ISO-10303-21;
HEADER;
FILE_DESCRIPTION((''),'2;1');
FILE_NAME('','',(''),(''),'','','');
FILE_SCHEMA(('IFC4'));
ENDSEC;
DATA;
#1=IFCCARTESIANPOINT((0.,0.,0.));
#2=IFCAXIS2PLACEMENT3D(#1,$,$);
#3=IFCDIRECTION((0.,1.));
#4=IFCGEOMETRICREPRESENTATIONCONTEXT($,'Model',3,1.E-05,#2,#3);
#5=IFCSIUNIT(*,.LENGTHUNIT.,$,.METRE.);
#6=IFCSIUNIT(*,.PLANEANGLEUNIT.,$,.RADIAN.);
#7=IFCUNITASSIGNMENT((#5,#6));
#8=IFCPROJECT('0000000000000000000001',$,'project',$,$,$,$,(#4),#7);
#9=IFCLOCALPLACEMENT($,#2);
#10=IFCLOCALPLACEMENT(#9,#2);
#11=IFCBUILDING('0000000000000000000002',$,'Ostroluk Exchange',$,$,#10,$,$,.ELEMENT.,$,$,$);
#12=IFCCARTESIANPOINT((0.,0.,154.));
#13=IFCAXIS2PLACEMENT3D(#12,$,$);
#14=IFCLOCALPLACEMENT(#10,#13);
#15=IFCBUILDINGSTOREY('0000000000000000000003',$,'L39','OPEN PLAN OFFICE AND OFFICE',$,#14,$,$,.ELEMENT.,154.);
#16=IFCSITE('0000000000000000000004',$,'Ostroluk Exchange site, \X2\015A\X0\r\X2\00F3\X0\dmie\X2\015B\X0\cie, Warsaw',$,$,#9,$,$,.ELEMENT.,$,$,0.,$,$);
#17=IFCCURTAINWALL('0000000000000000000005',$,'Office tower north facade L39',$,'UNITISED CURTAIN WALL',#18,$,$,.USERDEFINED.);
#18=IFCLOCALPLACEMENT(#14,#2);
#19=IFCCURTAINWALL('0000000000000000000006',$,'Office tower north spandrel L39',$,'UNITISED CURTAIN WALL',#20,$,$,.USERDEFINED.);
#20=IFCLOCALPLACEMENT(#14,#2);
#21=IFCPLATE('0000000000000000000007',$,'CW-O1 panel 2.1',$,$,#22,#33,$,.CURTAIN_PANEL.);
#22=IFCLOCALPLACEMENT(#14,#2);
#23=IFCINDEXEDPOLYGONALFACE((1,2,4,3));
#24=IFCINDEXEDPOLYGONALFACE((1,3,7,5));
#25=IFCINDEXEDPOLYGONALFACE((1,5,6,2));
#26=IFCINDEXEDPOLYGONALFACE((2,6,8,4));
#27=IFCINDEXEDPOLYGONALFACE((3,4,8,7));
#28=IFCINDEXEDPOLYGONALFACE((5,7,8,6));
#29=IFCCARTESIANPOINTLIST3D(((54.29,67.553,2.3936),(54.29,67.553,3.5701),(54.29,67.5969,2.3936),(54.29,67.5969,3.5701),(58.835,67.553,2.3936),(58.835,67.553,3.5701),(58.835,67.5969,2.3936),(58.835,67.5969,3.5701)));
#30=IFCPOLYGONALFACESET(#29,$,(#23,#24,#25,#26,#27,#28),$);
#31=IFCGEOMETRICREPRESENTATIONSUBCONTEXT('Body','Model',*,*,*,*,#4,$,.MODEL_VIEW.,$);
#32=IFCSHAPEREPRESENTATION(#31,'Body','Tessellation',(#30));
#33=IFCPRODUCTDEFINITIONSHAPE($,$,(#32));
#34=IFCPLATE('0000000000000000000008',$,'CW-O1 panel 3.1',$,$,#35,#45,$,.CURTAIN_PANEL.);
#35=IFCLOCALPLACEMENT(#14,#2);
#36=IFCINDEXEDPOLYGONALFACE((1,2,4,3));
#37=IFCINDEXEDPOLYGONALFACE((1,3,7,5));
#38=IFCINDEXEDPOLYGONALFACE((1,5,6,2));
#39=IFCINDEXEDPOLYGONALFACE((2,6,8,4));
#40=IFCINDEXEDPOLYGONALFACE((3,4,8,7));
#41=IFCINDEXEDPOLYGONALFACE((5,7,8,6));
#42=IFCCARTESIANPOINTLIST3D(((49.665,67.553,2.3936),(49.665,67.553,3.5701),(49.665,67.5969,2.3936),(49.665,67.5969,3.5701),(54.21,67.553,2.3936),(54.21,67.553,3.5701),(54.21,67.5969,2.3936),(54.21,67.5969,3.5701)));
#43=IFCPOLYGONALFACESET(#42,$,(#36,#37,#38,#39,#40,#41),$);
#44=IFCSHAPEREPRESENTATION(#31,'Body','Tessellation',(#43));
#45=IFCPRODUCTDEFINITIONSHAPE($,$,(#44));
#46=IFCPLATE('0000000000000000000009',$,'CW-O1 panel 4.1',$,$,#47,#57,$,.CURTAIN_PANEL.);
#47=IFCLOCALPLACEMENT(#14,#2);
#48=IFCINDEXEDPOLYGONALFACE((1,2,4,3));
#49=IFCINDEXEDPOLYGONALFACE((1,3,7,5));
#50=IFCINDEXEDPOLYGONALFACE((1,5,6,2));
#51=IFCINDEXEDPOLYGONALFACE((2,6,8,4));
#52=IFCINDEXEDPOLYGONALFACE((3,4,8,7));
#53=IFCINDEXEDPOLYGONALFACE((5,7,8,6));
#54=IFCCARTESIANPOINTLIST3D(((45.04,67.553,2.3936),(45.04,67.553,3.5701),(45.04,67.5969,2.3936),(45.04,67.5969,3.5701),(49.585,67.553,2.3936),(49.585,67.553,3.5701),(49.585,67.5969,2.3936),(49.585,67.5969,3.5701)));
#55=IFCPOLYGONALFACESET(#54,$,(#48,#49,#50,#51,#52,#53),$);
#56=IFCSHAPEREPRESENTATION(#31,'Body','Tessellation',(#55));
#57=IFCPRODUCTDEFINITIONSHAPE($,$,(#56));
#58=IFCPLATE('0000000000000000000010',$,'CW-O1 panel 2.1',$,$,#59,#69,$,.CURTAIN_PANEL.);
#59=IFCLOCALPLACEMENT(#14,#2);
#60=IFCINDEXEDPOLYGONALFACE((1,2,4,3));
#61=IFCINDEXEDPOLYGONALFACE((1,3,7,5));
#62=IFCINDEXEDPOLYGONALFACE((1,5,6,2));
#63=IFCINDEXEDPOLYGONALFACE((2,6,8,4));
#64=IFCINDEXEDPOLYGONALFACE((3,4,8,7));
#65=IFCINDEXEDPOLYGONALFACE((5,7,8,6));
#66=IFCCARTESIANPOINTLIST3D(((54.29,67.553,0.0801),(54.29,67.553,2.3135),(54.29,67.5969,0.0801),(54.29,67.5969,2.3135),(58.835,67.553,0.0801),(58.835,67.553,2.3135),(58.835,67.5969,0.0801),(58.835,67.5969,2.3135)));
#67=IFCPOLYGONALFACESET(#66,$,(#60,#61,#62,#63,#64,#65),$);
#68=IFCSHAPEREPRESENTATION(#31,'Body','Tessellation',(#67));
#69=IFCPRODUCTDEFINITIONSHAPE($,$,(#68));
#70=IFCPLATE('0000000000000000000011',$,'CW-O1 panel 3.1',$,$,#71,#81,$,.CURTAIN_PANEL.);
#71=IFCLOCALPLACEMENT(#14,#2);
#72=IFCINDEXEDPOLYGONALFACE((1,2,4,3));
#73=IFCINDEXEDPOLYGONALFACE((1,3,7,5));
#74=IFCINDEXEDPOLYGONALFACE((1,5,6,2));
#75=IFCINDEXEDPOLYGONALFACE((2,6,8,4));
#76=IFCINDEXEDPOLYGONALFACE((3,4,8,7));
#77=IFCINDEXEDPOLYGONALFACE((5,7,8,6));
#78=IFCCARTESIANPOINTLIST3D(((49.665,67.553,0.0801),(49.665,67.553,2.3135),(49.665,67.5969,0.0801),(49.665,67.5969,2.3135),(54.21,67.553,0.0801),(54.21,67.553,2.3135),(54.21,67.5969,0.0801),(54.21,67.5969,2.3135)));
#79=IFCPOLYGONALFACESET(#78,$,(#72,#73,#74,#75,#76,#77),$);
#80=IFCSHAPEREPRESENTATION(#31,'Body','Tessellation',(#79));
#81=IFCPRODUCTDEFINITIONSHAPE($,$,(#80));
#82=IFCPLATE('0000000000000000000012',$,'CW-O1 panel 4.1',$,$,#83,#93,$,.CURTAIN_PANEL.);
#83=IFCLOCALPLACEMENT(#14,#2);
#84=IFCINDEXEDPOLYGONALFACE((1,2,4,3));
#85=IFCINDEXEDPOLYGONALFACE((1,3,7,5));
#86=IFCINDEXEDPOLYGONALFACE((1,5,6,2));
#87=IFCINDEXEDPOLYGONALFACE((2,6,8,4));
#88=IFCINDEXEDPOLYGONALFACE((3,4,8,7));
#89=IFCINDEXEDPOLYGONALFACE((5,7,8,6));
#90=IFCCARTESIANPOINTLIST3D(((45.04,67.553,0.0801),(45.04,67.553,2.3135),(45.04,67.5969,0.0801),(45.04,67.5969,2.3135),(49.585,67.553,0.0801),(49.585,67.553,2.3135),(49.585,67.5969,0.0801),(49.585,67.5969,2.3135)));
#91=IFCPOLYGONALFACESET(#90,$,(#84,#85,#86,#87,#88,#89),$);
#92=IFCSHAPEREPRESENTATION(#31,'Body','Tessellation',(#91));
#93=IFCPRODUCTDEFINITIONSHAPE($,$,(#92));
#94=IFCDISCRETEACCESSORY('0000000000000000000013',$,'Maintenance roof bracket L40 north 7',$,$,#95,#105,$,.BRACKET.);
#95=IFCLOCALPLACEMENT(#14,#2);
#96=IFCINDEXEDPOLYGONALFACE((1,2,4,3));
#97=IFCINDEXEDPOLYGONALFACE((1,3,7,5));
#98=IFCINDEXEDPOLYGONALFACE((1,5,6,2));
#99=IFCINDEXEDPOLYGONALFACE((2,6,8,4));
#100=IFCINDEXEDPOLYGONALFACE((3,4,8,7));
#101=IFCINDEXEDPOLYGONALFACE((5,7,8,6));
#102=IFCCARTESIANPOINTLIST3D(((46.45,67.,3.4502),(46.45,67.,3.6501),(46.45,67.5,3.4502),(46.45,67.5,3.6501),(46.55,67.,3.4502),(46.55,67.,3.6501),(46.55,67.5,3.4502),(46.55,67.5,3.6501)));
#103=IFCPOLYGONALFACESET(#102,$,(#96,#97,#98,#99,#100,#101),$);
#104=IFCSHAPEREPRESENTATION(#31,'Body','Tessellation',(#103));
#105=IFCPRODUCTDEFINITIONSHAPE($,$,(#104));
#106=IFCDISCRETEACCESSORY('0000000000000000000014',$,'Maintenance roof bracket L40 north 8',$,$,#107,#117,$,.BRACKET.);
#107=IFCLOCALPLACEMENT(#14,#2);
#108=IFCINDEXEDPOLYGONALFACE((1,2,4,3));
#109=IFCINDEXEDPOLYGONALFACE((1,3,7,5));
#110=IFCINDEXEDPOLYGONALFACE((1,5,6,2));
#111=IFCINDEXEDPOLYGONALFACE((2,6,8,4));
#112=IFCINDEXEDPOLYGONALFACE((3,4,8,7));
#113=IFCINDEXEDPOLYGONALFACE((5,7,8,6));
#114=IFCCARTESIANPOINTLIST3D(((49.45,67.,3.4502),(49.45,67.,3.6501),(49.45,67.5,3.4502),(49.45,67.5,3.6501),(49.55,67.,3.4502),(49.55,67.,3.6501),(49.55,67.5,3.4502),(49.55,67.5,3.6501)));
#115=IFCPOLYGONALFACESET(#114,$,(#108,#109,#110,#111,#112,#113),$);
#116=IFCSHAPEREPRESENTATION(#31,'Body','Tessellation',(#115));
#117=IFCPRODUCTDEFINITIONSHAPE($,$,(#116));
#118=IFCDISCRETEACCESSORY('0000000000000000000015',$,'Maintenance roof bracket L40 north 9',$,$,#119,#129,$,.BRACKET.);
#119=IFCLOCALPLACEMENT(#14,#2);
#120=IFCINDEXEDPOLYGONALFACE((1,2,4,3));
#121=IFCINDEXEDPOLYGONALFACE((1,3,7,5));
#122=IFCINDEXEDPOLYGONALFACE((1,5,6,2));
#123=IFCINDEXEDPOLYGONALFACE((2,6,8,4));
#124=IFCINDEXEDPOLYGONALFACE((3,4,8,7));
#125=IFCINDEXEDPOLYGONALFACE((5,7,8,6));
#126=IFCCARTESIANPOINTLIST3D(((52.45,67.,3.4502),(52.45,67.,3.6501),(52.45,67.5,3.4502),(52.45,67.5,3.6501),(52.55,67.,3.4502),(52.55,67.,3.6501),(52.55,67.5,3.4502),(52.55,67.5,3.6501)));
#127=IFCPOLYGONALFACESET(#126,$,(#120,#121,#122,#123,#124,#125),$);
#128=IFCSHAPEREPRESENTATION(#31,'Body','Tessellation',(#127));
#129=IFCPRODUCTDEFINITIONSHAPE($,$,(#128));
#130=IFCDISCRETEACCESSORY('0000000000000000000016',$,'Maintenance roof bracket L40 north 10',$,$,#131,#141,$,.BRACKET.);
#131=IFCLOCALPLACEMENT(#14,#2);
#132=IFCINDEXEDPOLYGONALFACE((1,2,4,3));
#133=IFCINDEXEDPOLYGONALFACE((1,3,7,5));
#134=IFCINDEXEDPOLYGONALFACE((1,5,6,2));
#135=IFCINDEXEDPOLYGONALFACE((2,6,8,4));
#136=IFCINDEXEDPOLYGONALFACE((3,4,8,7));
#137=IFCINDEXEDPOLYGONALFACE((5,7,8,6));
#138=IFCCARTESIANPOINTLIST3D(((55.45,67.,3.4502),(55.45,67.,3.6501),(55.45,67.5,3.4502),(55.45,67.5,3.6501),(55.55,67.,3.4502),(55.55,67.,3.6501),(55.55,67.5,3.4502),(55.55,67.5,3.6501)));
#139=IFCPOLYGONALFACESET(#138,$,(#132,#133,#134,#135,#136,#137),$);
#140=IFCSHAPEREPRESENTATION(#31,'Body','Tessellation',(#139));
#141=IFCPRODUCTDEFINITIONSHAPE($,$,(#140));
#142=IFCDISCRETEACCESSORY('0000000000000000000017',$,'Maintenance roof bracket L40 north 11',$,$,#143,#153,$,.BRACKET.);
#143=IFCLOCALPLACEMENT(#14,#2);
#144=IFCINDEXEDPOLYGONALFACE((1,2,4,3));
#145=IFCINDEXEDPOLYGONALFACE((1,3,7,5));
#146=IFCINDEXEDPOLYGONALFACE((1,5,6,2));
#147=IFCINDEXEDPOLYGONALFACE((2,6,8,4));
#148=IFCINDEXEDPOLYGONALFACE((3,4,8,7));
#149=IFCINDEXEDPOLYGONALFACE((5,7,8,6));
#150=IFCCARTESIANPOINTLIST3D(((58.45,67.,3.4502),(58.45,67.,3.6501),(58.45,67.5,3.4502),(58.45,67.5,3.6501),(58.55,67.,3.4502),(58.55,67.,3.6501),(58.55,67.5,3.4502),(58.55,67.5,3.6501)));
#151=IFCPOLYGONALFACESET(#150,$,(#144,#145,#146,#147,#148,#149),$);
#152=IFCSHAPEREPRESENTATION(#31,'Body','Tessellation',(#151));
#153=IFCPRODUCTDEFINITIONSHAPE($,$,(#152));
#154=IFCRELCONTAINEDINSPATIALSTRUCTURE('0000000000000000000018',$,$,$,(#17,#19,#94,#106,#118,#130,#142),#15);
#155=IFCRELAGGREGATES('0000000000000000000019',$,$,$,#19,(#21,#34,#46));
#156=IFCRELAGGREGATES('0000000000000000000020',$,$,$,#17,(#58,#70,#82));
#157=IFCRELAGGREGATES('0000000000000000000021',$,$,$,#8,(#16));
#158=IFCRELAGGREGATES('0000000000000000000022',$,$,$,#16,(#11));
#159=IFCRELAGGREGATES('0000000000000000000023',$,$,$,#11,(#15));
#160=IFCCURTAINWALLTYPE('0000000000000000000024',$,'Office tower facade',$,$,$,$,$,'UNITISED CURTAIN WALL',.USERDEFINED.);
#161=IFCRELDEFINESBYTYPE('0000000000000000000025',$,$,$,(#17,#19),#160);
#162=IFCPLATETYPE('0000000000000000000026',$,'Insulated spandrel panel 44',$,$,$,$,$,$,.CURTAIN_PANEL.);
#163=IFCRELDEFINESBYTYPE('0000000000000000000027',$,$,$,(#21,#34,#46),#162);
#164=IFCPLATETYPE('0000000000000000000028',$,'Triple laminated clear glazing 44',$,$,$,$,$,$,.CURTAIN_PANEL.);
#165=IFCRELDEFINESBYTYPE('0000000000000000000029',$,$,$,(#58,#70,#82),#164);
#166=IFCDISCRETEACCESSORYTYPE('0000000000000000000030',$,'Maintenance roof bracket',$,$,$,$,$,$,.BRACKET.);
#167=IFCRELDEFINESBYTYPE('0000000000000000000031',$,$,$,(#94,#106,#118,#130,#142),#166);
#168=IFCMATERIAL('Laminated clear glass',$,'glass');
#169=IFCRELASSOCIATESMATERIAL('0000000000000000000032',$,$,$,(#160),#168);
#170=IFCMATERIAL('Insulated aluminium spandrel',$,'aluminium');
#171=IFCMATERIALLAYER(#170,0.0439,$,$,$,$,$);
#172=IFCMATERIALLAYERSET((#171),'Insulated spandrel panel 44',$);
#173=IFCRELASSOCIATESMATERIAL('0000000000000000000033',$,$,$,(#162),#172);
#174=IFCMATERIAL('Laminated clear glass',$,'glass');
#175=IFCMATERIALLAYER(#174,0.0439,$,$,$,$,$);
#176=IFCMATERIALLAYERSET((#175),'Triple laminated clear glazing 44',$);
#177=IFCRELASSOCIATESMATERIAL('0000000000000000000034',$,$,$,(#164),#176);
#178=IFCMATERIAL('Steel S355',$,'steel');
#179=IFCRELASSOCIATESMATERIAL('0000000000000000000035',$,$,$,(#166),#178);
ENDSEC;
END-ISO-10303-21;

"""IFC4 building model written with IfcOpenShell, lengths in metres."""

from ifc_helpers import new_model, si_unit, direction, frame, origin, origin_2d, place, context, subcontext, project, spatial, rectangle, extrude, material, layer, layer_set, type_object, element, aggregate, save


model = new_model("IFC4")

# Units and contexts
model_context = context("Model", 3, precision=1e-05, world=origin(), true_north=direction((0.0, 1.0)))
body_context = subcontext(model_context, "Body", "Model", "MODEL_VIEW")
ifc_project = project(units=[si_unit("LENGTHUNIT", "METRE"), si_unit("PLANEANGLEUNIT", "RADIAN")], contexts=[model_context])

# Site, building, storey
site_placement = place(None, origin())
site = spatial("IfcSite", under=ifc_project, at=site_placement, Name="Ostroluk Exchange site, Śródmieście, Warsaw", CompositionType="ELEMENT", RefElevation=0.0)
building_placement = place(site_placement, origin())
building = spatial("IfcBuilding", under=site, at=building_placement, Name="Ostroluk Exchange", CompositionType="ELEMENT")
storey_placement = place(building_placement, frame((0.0, 0.0, 154.0)))
storey = spatial("IfcBuildingStorey", under=building, at=storey_placement, Name="L39", Description="OPEN PLAN OFFICE AND OFFICE", CompositionType="ELEMENT", Elevation=154.0)

# Curtain walls
ifc_material_1 = material(Name="Laminated clear glass", Category="glass")
curtain_wall_type = type_object("IfcCurtainWallType", Name="Office tower facade", ElementType="UNITISED CURTAIN WALL", PredefinedType="USERDEFINED", material=ifc_material_1)
curtain_wall_1_placement = place(storey_placement, origin())
curtain_wall_1 = element("IfcCurtainWall", 1, at=curtain_wall_1_placement, inside=storey, type_object=curtain_wall_type, Name="Office tower north facade L39", ObjectType="UNITISED CURTAIN WALL", PredefinedType="USERDEFINED")
curtain_wall_2_placement = place(storey_placement, origin())
curtain_wall_2 = element("IfcCurtainWall", 2, at=curtain_wall_2_placement, inside=storey, type_object=curtain_wall_type, Name="Office tower north spandrel L39", ObjectType="UNITISED CURTAIN WALL", PredefinedType="USERDEFINED")

# Plates
ifc_material_2 = material(Name="Insulated aluminium spandrel", Category="aluminium")
ifc_layer_1 = layer(ifc_material_2, 0.0439)
ifc_layer_set_1 = layer_set([ifc_layer_1], Name="Insulated spandrel panel 44")
plate_type_1 = type_object("IfcPlateType", Name="Insulated spandrel panel 44", PredefinedType="CURTAIN_PANEL", material=ifc_layer_set_1)
plate_1_placement = place(storey_placement, frame((56.5625, 67.575, 2.3936), z_axis=(0.0, 0.0, 1.0), x_axis=(-1.0, 0.0, 0.0)))
plate_1 = element("IfcPlate", 3, at=plate_1_placement, type_object=plate_type_1, Name="CW-O1 panel 2.1", PredefinedType="CURTAIN_PANEL", context=body_context, shape_type="SweptSolid", body=[
    extrude(rectangle(XDim=4.5449, YDim=0.0439, at=origin_2d()), origin(), (0.0, 0.0, 1.0), 1.1765),
])
plate_2_placement = place(storey_placement, frame((51.9375, 67.575, 2.3936), z_axis=(0.0, 0.0, 1.0), x_axis=(-1.0, 0.0, 0.0)))
plate_2 = element("IfcPlate", 4, at=plate_2_placement, type_object=plate_type_1, Name="CW-O1 panel 3.1", PredefinedType="CURTAIN_PANEL", context=body_context, shape_type="SweptSolid", body=[
    extrude(rectangle(XDim=4.5449, YDim=0.0439, at=origin_2d()), origin(), (0.0, 0.0, 1.0), 1.1765),
])
plate_3_placement = place(storey_placement, frame((47.3125, 67.575, 2.3936), z_axis=(0.0, 0.0, 1.0), x_axis=(-1.0, 0.0, 0.0)))
plate_3 = element("IfcPlate", 5, at=plate_3_placement, type_object=plate_type_1, Name="CW-O1 panel 4.1", PredefinedType="CURTAIN_PANEL", context=body_context, shape_type="SweptSolid", body=[
    extrude(rectangle(XDim=4.5449, YDim=0.0439, at=origin_2d()), origin(), (0.0, 0.0, 1.0), 1.1765),
])
aggregate(curtain_wall_2, [plate_1, plate_2, plate_3])
ifc_material_3 = material(Name="Laminated clear glass", Category="glass")
ifc_layer_2 = layer(ifc_material_3, 0.0439)
ifc_layer_set_2 = layer_set([ifc_layer_2], Name="Triple laminated clear glazing 44")
plate_type_2 = type_object("IfcPlateType", Name="Triple laminated clear glazing 44", PredefinedType="CURTAIN_PANEL", material=ifc_layer_set_2)
plate_4_placement = place(storey_placement, frame((56.5625, 67.575, 0.0801), z_axis=(0.0, 0.0, 1.0), x_axis=(-1.0, 0.0, 0.0)))
plate_4 = element("IfcPlate", 6, at=plate_4_placement, type_object=plate_type_2, Name="CW-O1 panel 2.1", PredefinedType="CURTAIN_PANEL", context=body_context, shape_type="SweptSolid", body=[
    extrude(rectangle(XDim=4.5449, YDim=0.0439, at=origin_2d()), origin(), (0.0, 0.0, 1.0), 2.2334),
])
plate_5_placement = place(storey_placement, frame((51.9375, 67.575, 0.0801), z_axis=(0.0, 0.0, 1.0), x_axis=(-1.0, 0.0, 0.0)))
plate_5 = element("IfcPlate", 7, at=plate_5_placement, type_object=plate_type_2, Name="CW-O1 panel 3.1", PredefinedType="CURTAIN_PANEL", context=body_context, shape_type="SweptSolid", body=[
    extrude(rectangle(XDim=4.5449, YDim=0.0439, at=origin_2d()), origin(), (0.0, 0.0, 1.0), 2.2334),
])
plate_6_placement = place(storey_placement, frame((47.3125, 67.575, 0.0801), z_axis=(0.0, 0.0, 1.0), x_axis=(-1.0, 0.0, 0.0)))
plate_6 = element("IfcPlate", 8, at=plate_6_placement, type_object=plate_type_2, Name="CW-O1 panel 4.1", PredefinedType="CURTAIN_PANEL", context=body_context, shape_type="SweptSolid", body=[
    extrude(rectangle(XDim=4.5449, YDim=0.0439, at=origin_2d()), origin(), (0.0, 0.0, 1.0), 2.2334),
])
aggregate(curtain_wall_1, [plate_4, plate_5, plate_6])

# Discrete accessories
ifc_material_4 = material(Name="Steel S355", Category="steel")
discrete_accessory_type = type_object("IfcDiscreteAccessoryType", Name="Maintenance roof bracket", PredefinedType="BRACKET", material=ifc_material_4)
for number, where, z_axis, x_axis, name in (
    (9, (46.5, 67.25, 3.4502), (0.0, 0.0, 1.0), (1.0, 0.0, 0.0), "Maintenance roof bracket L40 north 7"),
    (10, (49.5, 67.25, 3.4502), (0.0, 0.0, 1.0), (1.0, 0.0, 0.0), "Maintenance roof bracket L40 north 8"),
    (11, (52.5, 67.25, 3.4502), (0.0, 0.0, 1.0), (1.0, 0.0, 0.0), "Maintenance roof bracket L40 north 9"),
    (12, (55.5, 67.25, 3.4502), (0.0, 0.0, 1.0), (1.0, 0.0, 0.0), "Maintenance roof bracket L40 north 10"),
    (13, (58.5, 67.25, 3.4502), (0.0, 0.0, 1.0), (1.0, 0.0, 0.0), "Maintenance roof bracket L40 north 11"),
):
    element("IfcDiscreteAccessory", number, at=place(storey_placement, frame(where, z_axis=z_axis, x_axis=x_axis)), inside=storey, type_object=discrete_accessory_type, Name=name, PredefinedType="BRACKET", context=body_context, shape_type="SweptSolid", body=[
        extrude(rectangle(XDim=0.1001, YDim=0.5, at=origin_2d()), origin(), (0.0, 0.0, 1.0), 0.2),
    ])

save(model, "model.ifc")
